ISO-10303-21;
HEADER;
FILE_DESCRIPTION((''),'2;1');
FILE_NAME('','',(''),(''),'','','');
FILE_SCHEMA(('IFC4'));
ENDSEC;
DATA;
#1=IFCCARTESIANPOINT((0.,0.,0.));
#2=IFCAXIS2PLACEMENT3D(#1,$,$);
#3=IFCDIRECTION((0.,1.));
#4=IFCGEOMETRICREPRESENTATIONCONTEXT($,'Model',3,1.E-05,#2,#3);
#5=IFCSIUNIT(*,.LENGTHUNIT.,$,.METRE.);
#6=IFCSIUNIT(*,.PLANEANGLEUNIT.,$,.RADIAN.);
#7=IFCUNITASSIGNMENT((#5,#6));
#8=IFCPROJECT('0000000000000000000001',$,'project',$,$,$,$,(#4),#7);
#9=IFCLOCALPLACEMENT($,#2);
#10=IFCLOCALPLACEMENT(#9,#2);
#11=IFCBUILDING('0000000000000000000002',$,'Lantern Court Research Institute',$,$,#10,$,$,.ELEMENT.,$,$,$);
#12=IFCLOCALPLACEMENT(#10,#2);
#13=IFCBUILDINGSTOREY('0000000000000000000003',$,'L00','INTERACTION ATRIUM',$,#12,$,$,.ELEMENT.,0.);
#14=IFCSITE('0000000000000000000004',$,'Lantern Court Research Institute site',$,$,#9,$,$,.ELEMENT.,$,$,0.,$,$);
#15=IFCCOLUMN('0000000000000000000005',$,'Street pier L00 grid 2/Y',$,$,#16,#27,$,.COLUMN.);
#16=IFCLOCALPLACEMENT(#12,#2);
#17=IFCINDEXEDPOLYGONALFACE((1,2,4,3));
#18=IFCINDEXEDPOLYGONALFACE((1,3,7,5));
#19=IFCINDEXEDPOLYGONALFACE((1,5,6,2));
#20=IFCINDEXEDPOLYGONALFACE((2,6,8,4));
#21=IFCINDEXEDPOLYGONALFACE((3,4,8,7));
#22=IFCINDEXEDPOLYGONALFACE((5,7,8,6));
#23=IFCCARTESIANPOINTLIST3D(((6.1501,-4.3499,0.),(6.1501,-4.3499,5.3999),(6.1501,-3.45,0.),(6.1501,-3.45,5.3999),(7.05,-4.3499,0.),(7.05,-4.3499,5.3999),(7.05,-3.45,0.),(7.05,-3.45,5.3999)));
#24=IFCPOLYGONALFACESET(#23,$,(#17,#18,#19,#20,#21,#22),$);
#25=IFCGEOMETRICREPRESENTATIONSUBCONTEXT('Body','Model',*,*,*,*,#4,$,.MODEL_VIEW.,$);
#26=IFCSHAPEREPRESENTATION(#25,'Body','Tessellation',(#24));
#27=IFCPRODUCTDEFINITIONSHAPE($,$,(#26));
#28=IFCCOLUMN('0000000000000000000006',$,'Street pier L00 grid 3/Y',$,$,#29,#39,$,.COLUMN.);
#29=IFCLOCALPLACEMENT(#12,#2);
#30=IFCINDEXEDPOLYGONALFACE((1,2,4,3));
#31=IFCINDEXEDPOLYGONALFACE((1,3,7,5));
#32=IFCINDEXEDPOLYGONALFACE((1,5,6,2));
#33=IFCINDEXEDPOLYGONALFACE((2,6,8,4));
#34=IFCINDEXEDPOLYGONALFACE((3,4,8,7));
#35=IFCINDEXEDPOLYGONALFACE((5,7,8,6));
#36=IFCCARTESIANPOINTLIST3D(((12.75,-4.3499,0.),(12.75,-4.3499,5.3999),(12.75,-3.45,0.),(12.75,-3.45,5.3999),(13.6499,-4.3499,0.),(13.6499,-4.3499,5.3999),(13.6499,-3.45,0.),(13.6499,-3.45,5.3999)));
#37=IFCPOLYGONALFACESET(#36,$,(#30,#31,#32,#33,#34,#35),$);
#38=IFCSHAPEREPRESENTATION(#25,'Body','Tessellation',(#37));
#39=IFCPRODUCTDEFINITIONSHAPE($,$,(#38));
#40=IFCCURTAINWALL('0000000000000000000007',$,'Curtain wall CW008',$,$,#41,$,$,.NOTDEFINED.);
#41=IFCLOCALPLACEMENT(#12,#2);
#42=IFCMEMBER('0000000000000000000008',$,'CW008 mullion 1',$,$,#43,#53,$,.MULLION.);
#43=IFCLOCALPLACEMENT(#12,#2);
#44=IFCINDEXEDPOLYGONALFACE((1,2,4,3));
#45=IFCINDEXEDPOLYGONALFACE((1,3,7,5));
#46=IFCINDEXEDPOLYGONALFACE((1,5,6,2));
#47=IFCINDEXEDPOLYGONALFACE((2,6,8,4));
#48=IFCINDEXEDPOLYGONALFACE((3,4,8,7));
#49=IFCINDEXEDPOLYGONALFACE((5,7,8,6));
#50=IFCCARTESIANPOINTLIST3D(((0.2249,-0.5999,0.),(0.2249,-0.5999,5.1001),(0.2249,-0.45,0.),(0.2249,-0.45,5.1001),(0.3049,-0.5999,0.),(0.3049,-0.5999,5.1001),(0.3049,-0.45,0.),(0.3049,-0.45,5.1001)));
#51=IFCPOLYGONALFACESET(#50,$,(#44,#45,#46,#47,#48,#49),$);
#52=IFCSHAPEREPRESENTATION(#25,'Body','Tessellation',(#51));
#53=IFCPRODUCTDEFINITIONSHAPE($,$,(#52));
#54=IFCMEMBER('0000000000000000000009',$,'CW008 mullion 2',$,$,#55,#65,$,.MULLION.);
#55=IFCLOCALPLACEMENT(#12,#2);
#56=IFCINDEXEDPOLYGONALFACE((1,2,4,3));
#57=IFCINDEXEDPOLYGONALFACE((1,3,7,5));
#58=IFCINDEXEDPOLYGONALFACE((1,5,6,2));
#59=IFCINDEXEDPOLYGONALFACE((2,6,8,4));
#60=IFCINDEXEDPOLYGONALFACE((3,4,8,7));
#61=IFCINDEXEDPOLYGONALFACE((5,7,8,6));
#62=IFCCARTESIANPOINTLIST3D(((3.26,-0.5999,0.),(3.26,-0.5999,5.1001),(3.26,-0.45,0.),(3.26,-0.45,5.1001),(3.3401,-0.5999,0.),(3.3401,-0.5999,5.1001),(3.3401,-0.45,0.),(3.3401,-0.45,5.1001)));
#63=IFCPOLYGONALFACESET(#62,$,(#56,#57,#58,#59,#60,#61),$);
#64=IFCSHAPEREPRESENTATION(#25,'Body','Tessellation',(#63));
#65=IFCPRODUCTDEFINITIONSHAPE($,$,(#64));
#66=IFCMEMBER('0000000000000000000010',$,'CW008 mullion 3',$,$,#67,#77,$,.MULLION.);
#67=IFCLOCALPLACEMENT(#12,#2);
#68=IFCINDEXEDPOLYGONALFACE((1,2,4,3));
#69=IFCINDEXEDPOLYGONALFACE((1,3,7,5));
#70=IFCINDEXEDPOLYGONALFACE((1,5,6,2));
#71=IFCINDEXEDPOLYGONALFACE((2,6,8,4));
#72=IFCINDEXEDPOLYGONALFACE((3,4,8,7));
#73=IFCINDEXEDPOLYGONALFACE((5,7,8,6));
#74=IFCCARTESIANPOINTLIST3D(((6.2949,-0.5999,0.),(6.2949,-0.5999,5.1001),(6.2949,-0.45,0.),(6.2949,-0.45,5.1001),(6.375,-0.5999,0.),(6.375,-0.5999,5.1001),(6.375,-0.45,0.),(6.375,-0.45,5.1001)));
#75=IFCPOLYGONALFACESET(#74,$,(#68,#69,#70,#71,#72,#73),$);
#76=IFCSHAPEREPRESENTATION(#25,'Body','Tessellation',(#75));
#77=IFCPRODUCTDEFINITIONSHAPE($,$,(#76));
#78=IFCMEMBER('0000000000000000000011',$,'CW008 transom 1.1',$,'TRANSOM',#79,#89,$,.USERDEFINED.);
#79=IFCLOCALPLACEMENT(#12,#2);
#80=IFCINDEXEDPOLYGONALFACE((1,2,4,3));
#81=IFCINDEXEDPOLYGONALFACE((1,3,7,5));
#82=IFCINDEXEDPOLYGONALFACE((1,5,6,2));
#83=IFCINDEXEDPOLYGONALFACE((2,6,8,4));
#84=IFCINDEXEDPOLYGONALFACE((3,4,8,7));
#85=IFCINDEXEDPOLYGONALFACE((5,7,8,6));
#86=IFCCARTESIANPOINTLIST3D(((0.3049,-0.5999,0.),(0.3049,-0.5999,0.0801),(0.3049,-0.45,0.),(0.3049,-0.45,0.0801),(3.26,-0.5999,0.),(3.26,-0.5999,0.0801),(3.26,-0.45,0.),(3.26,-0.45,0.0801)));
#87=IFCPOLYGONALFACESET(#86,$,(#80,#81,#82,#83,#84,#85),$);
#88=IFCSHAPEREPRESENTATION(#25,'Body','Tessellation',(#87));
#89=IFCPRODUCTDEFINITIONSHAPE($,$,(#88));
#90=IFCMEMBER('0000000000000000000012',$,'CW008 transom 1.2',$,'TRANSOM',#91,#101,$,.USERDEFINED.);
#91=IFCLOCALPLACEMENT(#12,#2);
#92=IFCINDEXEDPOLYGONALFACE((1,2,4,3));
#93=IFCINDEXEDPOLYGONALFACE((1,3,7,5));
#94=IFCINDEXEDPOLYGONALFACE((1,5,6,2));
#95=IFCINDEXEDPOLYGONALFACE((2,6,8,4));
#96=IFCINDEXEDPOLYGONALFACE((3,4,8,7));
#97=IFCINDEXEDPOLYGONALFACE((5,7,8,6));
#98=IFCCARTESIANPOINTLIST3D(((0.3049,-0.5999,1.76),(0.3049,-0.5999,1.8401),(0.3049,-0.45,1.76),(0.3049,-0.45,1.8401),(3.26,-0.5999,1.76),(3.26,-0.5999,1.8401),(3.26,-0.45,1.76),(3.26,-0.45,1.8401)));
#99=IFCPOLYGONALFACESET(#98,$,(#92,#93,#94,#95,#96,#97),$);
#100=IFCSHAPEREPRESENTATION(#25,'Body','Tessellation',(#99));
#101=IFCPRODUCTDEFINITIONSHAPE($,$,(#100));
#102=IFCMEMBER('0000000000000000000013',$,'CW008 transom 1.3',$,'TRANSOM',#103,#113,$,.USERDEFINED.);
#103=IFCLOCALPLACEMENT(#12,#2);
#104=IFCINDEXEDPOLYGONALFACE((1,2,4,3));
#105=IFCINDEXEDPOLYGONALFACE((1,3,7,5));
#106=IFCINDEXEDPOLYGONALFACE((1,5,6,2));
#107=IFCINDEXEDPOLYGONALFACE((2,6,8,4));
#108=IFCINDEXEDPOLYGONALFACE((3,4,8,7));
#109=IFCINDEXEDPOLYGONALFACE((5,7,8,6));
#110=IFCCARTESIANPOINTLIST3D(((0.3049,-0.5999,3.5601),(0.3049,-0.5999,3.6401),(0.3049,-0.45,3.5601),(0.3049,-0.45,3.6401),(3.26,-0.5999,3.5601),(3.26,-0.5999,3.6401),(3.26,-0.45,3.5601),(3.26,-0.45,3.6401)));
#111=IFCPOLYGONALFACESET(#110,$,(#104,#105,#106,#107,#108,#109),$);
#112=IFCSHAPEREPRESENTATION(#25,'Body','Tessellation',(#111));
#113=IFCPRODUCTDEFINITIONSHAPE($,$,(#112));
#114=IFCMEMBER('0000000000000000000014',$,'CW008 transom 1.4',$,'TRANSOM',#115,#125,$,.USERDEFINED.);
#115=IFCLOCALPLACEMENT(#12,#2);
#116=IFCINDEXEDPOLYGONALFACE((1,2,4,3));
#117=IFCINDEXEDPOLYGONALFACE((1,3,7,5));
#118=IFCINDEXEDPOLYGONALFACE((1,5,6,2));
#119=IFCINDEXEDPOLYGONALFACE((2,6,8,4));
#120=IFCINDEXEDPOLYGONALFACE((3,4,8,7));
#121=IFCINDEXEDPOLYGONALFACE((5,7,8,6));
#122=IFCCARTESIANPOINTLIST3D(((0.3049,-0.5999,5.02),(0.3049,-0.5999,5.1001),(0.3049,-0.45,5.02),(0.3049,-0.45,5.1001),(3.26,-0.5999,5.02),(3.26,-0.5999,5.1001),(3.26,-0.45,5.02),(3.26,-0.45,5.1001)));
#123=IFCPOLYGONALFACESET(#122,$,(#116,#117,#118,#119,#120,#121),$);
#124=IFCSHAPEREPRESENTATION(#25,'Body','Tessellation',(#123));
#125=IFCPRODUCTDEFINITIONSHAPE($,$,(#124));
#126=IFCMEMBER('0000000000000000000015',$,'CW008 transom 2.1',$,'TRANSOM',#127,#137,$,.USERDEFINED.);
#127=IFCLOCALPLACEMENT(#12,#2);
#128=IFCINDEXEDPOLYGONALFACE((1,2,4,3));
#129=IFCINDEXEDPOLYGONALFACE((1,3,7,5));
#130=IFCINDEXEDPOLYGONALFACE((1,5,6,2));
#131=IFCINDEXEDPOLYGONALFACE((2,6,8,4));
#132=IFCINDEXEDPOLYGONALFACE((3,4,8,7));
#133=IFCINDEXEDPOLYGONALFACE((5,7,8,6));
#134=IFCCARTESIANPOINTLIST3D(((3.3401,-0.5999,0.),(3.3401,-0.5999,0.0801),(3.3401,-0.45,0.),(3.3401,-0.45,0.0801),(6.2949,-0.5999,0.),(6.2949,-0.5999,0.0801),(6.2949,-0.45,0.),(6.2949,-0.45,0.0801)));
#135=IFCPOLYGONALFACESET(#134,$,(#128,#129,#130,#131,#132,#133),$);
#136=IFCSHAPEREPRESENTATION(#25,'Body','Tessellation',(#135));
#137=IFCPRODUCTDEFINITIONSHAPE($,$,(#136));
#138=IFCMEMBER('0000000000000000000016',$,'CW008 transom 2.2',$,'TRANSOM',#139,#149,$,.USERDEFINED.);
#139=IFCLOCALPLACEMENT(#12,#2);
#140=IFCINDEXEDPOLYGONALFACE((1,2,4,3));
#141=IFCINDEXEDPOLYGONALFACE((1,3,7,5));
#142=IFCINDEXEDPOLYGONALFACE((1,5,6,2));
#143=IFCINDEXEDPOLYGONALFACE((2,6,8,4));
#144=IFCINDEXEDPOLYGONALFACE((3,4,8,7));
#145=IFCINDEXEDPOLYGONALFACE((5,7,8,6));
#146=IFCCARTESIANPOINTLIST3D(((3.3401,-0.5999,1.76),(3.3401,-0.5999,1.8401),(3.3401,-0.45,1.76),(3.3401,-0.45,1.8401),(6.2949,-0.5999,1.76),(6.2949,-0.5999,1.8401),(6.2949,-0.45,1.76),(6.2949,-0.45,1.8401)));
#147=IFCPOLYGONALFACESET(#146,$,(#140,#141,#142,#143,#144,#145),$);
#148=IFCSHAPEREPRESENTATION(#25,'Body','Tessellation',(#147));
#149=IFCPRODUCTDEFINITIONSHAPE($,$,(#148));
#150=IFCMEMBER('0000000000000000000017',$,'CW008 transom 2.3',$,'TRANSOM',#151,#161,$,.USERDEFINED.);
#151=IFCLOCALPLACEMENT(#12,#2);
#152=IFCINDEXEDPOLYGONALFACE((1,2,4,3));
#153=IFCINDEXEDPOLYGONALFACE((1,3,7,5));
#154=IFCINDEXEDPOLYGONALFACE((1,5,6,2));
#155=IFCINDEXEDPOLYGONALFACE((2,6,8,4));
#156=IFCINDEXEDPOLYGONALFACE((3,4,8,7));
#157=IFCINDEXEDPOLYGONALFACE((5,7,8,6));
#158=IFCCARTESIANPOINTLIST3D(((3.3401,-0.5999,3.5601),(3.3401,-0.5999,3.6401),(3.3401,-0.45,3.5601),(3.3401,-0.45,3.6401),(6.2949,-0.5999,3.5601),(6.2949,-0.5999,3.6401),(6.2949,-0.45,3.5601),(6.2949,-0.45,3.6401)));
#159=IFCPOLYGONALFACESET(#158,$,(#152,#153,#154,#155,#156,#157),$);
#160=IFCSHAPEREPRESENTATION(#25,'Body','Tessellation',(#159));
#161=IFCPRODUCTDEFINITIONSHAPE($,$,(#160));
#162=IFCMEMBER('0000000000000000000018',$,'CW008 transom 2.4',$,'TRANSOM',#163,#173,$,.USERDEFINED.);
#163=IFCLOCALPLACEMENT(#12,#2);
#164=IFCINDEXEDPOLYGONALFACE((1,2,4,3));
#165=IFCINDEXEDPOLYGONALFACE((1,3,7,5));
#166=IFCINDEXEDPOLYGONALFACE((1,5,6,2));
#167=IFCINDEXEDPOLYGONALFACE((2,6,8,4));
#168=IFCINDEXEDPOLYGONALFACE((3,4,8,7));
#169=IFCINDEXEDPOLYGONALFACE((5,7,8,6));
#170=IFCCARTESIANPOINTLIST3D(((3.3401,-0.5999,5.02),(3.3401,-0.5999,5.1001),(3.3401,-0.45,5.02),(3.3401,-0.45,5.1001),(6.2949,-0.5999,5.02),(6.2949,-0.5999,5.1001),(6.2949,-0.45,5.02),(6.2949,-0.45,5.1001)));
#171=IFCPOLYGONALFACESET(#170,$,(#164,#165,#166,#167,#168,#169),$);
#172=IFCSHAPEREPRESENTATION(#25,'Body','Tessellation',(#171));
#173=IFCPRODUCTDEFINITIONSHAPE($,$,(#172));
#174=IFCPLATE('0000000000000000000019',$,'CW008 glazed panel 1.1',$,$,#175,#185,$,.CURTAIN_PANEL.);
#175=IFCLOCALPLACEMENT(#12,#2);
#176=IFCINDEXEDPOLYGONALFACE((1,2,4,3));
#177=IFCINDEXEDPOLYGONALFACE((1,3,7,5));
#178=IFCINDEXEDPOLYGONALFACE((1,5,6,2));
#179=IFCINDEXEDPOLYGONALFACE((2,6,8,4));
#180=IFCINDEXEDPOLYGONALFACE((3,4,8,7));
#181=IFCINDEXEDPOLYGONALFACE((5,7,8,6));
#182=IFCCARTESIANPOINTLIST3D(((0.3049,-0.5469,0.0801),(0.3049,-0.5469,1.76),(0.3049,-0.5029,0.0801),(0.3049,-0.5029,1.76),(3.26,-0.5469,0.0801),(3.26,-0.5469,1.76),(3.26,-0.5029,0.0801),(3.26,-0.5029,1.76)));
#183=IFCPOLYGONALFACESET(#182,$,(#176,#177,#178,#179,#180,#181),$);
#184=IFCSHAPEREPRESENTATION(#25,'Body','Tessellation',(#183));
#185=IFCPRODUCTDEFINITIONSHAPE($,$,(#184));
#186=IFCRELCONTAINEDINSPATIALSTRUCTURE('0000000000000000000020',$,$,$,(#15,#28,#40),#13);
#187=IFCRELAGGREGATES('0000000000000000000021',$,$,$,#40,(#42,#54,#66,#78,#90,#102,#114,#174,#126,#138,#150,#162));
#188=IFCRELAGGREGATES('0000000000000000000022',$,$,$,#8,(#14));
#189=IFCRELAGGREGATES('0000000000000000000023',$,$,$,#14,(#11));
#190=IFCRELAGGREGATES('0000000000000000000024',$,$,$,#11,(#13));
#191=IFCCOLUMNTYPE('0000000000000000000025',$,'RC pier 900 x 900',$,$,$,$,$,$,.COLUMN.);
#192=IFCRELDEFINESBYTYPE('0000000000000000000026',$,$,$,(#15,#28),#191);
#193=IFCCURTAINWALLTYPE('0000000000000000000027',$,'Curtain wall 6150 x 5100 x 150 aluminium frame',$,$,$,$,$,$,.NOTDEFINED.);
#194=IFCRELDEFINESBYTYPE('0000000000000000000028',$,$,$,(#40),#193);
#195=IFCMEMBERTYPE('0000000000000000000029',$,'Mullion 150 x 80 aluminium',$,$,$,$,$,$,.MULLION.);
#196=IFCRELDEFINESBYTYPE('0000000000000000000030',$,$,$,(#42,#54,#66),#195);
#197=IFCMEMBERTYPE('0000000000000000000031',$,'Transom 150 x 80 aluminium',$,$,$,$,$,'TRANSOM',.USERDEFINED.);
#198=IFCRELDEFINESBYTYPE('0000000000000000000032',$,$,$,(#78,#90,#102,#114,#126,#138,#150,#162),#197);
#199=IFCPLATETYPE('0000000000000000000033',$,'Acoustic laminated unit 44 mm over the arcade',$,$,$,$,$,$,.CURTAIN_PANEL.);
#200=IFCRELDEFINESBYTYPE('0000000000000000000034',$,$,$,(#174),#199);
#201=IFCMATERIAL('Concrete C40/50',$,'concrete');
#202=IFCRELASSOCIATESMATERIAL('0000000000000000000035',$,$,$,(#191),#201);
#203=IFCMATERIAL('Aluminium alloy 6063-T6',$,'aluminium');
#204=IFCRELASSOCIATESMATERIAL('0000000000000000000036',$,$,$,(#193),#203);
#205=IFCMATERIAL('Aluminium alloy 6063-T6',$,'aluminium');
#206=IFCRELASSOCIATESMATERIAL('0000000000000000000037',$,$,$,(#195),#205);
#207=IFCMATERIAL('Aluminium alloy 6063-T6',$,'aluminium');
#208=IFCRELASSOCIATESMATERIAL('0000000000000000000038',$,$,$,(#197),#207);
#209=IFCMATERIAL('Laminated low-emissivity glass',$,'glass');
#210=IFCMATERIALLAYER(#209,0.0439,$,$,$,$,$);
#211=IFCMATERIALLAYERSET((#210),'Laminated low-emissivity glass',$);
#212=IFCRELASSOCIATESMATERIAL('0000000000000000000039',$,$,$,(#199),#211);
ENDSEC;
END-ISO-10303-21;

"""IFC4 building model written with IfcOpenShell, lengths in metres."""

from ifc_helpers import new_model, si_unit, direction, frame, origin, origin_2d, place, context, subcontext, project, spatial, rectangle, extrude, material, layer, layer_set, material_profile, profile_set, type_object, element, aggregate, save


model = new_model("IFC4")

# Units and contexts
model_context = context("Model", 3, precision=1e-05, world=origin(), true_north=direction((0.0, 1.0)))
body_context = subcontext(model_context, "Body", "Model", "MODEL_VIEW")
ifc_project = project(units=[si_unit("LENGTHUNIT", "METRE"), si_unit("PLANEANGLEUNIT", "RADIAN")], contexts=[model_context])

# Site, building, storey
site_placement = place(None, origin())
site = spatial("IfcSite", under=ifc_project, at=site_placement, Name="Lantern Court Research Institute site", CompositionType="ELEMENT", RefElevation=0.0)
building_placement = place(site_placement, origin())
building = spatial("IfcBuilding", under=site, at=building_placement, Name="Lantern Court Research Institute", CompositionType="ELEMENT")
storey_placement = place(building_placement, origin())
storey = spatial("IfcBuildingStorey", under=building, at=storey_placement, Name="L00", Description="INTERACTION ATRIUM", CompositionType="ELEMENT", Elevation=0.0)

# Columns
ifc_material_1 = material(Name="Concrete C40/50", Category="concrete")
ifc_material_profile_1 = material_profile(ifc_material_1, rectangle(XDim=0.8999, YDim=0.8999, at=origin_2d()), Name="RC column 900 x 900")
ifc_profile_set_1 = profile_set([ifc_material_profile_1], Name="Concrete C40/50")
column_type = type_object("IfcColumnType", Name="RC pier 900 x 900", PredefinedType="COLUMN", material=ifc_profile_set_1)
for number, where, z_axis, x_axis, name in (
    (1, (6.6001, -3.8999, 0.0), (0.0, 0.0, 1.0), (1.0, 0.0, 0.0), "Street pier L00 grid 2/Y"),
    (2, (13.2, -3.8999, 0.0), (0.0, 0.0, 1.0), (1.0, 0.0, 0.0), "Street pier L00 grid 3/Y"),
):
    element("IfcColumn", number, at=place(storey_placement, frame(where, z_axis=z_axis, x_axis=x_axis)), inside=storey, type_object=column_type, Name=name, PredefinedType="COLUMN", context=body_context, shape_type="SweptSolid", body=[
        extrude(rectangle(XDim=0.8999, YDim=0.8999, at=origin_2d()), origin(), (0.0, 0.0, 1.0), 5.3999),
    ])

# Curtain wall, members, plate
ifc_material_2 = material(Name="Aluminium alloy 6063-T6", Category="aluminium")
curtain_wall_type = type_object("IfcCurtainWallType", Name="Curtain wall 6150 x 5100 x 150 aluminium frame", PredefinedType="NOTDEFINED", material=ifc_material_2)
curtain_wall_placement = place(storey_placement, origin())
curtain_wall = element("IfcCurtainWall", 3, at=curtain_wall_placement, inside=storey, type_object=curtain_wall_type, Name="Curtain wall CW008", PredefinedType="NOTDEFINED")
ifc_material_3 = material(Name="Aluminium alloy 6063-T6", Category="aluminium")
ifc_material_profile_2 = material_profile(ifc_material_3, rectangle(XDim=0.1499, YDim=0.0801, at=origin_2d()), Name="Mullion 150 x 80")
ifc_profile_set_2 = profile_set([ifc_material_profile_2], Name="Aluminium alloy 6063-T6")
member_type_1 = type_object("IfcMemberType", Name="Mullion 150 x 80 aluminium", PredefinedType="MULLION", material=ifc_profile_set_2)
member_1_placement = place(storey_placement, frame((0.2649, -0.5249, 0.0), z_axis=(0.0, 0.0, 1.0), x_axis=(0.0, -1.0, 0.0)))
member_1 = element("IfcMember", 4, at=member_1_placement, type_object=member_type_1, Name="CW008 mullion 1", PredefinedType="MULLION", context=body_context, shape_type="SweptSolid", body=[
    extrude(rectangle(XDim=0.1499, YDim=0.0801, at=origin_2d()), origin(), (0.0, 0.0, 1.0), 5.1001),
])
member_2_placement = place(storey_placement, frame((3.3, -0.5249, 0.0), z_axis=(0.0, 0.0, 1.0), x_axis=(0.0, -1.0, 0.0)))
member_2 = element("IfcMember", 5, at=member_2_placement, type_object=member_type_1, Name="CW008 mullion 2", PredefinedType="MULLION", context=body_context, shape_type="SweptSolid", body=[
    extrude(rectangle(XDim=0.1499, YDim=0.0801, at=origin_2d()), origin(), (0.0, 0.0, 1.0), 5.1001),
])
member_3_placement = place(storey_placement, frame((6.335, -0.5249, 0.0), z_axis=(0.0, 0.0, 1.0), x_axis=(0.0, -1.0, 0.0)))
member_3 = element("IfcMember", 6, at=member_3_placement, type_object=member_type_1, Name="CW008 mullion 3", PredefinedType="MULLION", context=body_context, shape_type="SweptSolid", body=[
    extrude(rectangle(XDim=0.1499, YDim=0.0801, at=origin_2d()), origin(), (0.0, 0.0, 1.0), 5.1001),
])
ifc_material_4 = material(Name="Aluminium alloy 6063-T6", Category="aluminium")
ifc_material_profile_3 = material_profile(ifc_material_4, rectangle(XDim=0.1499, YDim=0.0801, at=origin_2d()), Name="Transom 150 x 80")
ifc_profile_set_3 = profile_set([ifc_material_profile_3], Name="Aluminium alloy 6063-T6")
member_type_2 = type_object("IfcMemberType", Name="Transom 150 x 80 aluminium", ElementType="TRANSOM", PredefinedType="USERDEFINED", material=ifc_profile_set_3)
member_4_placement = place(storey_placement, frame((3.26, -0.5249, 0.04), z_axis=(-1.0, 0.0, 0.0), x_axis=(0.0, -1.0, 0.0)))
member_4 = element("IfcMember", 7, at=member_4_placement, type_object=member_type_2, Name="CW008 transom 1.1", ObjectType="TRANSOM", PredefinedType="USERDEFINED", context=body_context, shape_type="SweptSolid", body=[
    extrude(rectangle(XDim=0.1499, YDim=0.0801, at=origin_2d()), origin(), (0.0, 0.0, 1.0), 2.9551),
])
member_5_placement = place(storey_placement, frame((3.26, -0.5249, 1.8), z_axis=(-1.0, 0.0, 0.0), x_axis=(0.0, -1.0, 0.0)))
member_5 = element("IfcMember", 8, at=member_5_placement, type_object=member_type_2, Name="CW008 transom 1.2", ObjectType="TRANSOM", PredefinedType="USERDEFINED", context=body_context, shape_type="SweptSolid", body=[
    extrude(rectangle(XDim=0.1499, YDim=0.0801, at=origin_2d()), origin(), (0.0, 0.0, 1.0), 2.9551),
])
member_6_placement = place(storey_placement, frame((3.26, -0.5249, 3.6001), z_axis=(-1.0, 0.0, 0.0), x_axis=(0.0, -1.0, 0.0)))
member_6 = element("IfcMember", 9, at=member_6_placement, type_object=member_type_2, Name="CW008 transom 1.3", ObjectType="TRANSOM", PredefinedType="USERDEFINED", context=body_context, shape_type="SweptSolid", body=[
    extrude(rectangle(XDim=0.1499, YDim=0.0801, at=origin_2d()), origin(), (0.0, 0.0, 1.0), 2.9551),
])
member_7_placement = place(storey_placement, frame((3.26, -0.5249, 5.0601), z_axis=(-1.0, 0.0, 0.0), x_axis=(0.0, -1.0, 0.0)))
member_7 = element("IfcMember", 10, at=member_7_placement, type_object=member_type_2, Name="CW008 transom 1.4", ObjectType="TRANSOM", PredefinedType="USERDEFINED", context=body_context, shape_type="SweptSolid", body=[
    extrude(rectangle(XDim=0.1499, YDim=0.0801, at=origin_2d()), origin(), (0.0, 0.0, 1.0), 2.9551),
])
member_8_placement = place(storey_placement, frame((6.2949, -0.5249, 0.04), z_axis=(-1.0, 0.0, 0.0), x_axis=(0.0, -1.0, 0.0)))
member_8 = element("IfcMember", 11, at=member_8_placement, type_object=member_type_2, Name="CW008 transom 2.1", ObjectType="TRANSOM", PredefinedType="USERDEFINED", context=body_context, shape_type="SweptSolid", body=[
    extrude(rectangle(XDim=0.1499, YDim=0.0801, at=origin_2d()), origin(), (0.0, 0.0, 1.0), 2.9548),
])
member_9_placement = place(storey_placement, frame((6.2949, -0.5249, 1.8), z_axis=(-1.0, 0.0, 0.0), x_axis=(0.0, -1.0, 0.0)))
member_9 = element("IfcMember", 12, at=member_9_placement, type_object=member_type_2, Name="CW008 transom 2.2", ObjectType="TRANSOM", PredefinedType="USERDEFINED", context=body_context, shape_type="SweptSolid", body=[
    extrude(rectangle(XDim=0.1499, YDim=0.0801, at=origin_2d()), origin(), (0.0, 0.0, 1.0), 2.9548),
])
member_10_placement = place(storey_placement, frame((6.2949, -0.5249, 3.6001), z_axis=(-1.0, 0.0, 0.0), x_axis=(0.0, -1.0, 0.0)))
member_10 = element("IfcMember", 13, at=member_10_placement, type_object=member_type_2, Name="CW008 transom 2.3", ObjectType="TRANSOM", PredefinedType="USERDEFINED", context=body_context, shape_type="SweptSolid", body=[
    extrude(rectangle(XDim=0.1499, YDim=0.0801, at=origin_2d()), origin(), (0.0, 0.0, 1.0), 2.9548),
])
member_11_placement = place(storey_placement, frame((6.2949, -0.5249, 5.0601), z_axis=(-1.0, 0.0, 0.0), x_axis=(0.0, -1.0, 0.0)))
member_11 = element("IfcMember", 14, at=member_11_placement, type_object=member_type_2, Name="CW008 transom 2.4", ObjectType="TRANSOM", PredefinedType="USERDEFINED", context=body_context, shape_type="SweptSolid", body=[
    extrude(rectangle(XDim=0.1499, YDim=0.0801, at=origin_2d()), origin(), (0.0, 0.0, 1.0), 2.9548),
])
ifc_material_5 = material(Name="Laminated low-emissivity glass", Category="glass")
ifc_layer_1 = layer(ifc_material_5, 0.0439)
ifc_layer_set_1 = layer_set([ifc_layer_1], Name="Laminated low-emissivity glass")
plate_type = type_object("IfcPlateType", Name="Acoustic laminated unit 44 mm over the arcade", PredefinedType="CURTAIN_PANEL", material=ifc_layer_set_1)
plate_1_placement = place(storey_placement, frame((1.7825, -0.5249, 0.0801), z_axis=(0.0, 0.0, 1.0), x_axis=(-1.0, 0.0, 0.0)))
plate_1 = element("IfcPlate", 15, at=plate_1_placement, type_object=plate_type, Name="CW008 glazed panel 1.1", PredefinedType="CURTAIN_PANEL", context=body_context, shape_type="SweptSolid", body=[
    extrude(rectangle(XDim=2.9551, YDim=0.0439, at=origin_2d()), origin(), (0.0, 0.0, 1.0), 1.6799),
])
aggregate(curtain_wall, [member_1, member_2, member_3, member_4, member_5, member_6, member_7, plate_1, member_8, member_9, member_10, member_11])

save(model, "model.ifc")
